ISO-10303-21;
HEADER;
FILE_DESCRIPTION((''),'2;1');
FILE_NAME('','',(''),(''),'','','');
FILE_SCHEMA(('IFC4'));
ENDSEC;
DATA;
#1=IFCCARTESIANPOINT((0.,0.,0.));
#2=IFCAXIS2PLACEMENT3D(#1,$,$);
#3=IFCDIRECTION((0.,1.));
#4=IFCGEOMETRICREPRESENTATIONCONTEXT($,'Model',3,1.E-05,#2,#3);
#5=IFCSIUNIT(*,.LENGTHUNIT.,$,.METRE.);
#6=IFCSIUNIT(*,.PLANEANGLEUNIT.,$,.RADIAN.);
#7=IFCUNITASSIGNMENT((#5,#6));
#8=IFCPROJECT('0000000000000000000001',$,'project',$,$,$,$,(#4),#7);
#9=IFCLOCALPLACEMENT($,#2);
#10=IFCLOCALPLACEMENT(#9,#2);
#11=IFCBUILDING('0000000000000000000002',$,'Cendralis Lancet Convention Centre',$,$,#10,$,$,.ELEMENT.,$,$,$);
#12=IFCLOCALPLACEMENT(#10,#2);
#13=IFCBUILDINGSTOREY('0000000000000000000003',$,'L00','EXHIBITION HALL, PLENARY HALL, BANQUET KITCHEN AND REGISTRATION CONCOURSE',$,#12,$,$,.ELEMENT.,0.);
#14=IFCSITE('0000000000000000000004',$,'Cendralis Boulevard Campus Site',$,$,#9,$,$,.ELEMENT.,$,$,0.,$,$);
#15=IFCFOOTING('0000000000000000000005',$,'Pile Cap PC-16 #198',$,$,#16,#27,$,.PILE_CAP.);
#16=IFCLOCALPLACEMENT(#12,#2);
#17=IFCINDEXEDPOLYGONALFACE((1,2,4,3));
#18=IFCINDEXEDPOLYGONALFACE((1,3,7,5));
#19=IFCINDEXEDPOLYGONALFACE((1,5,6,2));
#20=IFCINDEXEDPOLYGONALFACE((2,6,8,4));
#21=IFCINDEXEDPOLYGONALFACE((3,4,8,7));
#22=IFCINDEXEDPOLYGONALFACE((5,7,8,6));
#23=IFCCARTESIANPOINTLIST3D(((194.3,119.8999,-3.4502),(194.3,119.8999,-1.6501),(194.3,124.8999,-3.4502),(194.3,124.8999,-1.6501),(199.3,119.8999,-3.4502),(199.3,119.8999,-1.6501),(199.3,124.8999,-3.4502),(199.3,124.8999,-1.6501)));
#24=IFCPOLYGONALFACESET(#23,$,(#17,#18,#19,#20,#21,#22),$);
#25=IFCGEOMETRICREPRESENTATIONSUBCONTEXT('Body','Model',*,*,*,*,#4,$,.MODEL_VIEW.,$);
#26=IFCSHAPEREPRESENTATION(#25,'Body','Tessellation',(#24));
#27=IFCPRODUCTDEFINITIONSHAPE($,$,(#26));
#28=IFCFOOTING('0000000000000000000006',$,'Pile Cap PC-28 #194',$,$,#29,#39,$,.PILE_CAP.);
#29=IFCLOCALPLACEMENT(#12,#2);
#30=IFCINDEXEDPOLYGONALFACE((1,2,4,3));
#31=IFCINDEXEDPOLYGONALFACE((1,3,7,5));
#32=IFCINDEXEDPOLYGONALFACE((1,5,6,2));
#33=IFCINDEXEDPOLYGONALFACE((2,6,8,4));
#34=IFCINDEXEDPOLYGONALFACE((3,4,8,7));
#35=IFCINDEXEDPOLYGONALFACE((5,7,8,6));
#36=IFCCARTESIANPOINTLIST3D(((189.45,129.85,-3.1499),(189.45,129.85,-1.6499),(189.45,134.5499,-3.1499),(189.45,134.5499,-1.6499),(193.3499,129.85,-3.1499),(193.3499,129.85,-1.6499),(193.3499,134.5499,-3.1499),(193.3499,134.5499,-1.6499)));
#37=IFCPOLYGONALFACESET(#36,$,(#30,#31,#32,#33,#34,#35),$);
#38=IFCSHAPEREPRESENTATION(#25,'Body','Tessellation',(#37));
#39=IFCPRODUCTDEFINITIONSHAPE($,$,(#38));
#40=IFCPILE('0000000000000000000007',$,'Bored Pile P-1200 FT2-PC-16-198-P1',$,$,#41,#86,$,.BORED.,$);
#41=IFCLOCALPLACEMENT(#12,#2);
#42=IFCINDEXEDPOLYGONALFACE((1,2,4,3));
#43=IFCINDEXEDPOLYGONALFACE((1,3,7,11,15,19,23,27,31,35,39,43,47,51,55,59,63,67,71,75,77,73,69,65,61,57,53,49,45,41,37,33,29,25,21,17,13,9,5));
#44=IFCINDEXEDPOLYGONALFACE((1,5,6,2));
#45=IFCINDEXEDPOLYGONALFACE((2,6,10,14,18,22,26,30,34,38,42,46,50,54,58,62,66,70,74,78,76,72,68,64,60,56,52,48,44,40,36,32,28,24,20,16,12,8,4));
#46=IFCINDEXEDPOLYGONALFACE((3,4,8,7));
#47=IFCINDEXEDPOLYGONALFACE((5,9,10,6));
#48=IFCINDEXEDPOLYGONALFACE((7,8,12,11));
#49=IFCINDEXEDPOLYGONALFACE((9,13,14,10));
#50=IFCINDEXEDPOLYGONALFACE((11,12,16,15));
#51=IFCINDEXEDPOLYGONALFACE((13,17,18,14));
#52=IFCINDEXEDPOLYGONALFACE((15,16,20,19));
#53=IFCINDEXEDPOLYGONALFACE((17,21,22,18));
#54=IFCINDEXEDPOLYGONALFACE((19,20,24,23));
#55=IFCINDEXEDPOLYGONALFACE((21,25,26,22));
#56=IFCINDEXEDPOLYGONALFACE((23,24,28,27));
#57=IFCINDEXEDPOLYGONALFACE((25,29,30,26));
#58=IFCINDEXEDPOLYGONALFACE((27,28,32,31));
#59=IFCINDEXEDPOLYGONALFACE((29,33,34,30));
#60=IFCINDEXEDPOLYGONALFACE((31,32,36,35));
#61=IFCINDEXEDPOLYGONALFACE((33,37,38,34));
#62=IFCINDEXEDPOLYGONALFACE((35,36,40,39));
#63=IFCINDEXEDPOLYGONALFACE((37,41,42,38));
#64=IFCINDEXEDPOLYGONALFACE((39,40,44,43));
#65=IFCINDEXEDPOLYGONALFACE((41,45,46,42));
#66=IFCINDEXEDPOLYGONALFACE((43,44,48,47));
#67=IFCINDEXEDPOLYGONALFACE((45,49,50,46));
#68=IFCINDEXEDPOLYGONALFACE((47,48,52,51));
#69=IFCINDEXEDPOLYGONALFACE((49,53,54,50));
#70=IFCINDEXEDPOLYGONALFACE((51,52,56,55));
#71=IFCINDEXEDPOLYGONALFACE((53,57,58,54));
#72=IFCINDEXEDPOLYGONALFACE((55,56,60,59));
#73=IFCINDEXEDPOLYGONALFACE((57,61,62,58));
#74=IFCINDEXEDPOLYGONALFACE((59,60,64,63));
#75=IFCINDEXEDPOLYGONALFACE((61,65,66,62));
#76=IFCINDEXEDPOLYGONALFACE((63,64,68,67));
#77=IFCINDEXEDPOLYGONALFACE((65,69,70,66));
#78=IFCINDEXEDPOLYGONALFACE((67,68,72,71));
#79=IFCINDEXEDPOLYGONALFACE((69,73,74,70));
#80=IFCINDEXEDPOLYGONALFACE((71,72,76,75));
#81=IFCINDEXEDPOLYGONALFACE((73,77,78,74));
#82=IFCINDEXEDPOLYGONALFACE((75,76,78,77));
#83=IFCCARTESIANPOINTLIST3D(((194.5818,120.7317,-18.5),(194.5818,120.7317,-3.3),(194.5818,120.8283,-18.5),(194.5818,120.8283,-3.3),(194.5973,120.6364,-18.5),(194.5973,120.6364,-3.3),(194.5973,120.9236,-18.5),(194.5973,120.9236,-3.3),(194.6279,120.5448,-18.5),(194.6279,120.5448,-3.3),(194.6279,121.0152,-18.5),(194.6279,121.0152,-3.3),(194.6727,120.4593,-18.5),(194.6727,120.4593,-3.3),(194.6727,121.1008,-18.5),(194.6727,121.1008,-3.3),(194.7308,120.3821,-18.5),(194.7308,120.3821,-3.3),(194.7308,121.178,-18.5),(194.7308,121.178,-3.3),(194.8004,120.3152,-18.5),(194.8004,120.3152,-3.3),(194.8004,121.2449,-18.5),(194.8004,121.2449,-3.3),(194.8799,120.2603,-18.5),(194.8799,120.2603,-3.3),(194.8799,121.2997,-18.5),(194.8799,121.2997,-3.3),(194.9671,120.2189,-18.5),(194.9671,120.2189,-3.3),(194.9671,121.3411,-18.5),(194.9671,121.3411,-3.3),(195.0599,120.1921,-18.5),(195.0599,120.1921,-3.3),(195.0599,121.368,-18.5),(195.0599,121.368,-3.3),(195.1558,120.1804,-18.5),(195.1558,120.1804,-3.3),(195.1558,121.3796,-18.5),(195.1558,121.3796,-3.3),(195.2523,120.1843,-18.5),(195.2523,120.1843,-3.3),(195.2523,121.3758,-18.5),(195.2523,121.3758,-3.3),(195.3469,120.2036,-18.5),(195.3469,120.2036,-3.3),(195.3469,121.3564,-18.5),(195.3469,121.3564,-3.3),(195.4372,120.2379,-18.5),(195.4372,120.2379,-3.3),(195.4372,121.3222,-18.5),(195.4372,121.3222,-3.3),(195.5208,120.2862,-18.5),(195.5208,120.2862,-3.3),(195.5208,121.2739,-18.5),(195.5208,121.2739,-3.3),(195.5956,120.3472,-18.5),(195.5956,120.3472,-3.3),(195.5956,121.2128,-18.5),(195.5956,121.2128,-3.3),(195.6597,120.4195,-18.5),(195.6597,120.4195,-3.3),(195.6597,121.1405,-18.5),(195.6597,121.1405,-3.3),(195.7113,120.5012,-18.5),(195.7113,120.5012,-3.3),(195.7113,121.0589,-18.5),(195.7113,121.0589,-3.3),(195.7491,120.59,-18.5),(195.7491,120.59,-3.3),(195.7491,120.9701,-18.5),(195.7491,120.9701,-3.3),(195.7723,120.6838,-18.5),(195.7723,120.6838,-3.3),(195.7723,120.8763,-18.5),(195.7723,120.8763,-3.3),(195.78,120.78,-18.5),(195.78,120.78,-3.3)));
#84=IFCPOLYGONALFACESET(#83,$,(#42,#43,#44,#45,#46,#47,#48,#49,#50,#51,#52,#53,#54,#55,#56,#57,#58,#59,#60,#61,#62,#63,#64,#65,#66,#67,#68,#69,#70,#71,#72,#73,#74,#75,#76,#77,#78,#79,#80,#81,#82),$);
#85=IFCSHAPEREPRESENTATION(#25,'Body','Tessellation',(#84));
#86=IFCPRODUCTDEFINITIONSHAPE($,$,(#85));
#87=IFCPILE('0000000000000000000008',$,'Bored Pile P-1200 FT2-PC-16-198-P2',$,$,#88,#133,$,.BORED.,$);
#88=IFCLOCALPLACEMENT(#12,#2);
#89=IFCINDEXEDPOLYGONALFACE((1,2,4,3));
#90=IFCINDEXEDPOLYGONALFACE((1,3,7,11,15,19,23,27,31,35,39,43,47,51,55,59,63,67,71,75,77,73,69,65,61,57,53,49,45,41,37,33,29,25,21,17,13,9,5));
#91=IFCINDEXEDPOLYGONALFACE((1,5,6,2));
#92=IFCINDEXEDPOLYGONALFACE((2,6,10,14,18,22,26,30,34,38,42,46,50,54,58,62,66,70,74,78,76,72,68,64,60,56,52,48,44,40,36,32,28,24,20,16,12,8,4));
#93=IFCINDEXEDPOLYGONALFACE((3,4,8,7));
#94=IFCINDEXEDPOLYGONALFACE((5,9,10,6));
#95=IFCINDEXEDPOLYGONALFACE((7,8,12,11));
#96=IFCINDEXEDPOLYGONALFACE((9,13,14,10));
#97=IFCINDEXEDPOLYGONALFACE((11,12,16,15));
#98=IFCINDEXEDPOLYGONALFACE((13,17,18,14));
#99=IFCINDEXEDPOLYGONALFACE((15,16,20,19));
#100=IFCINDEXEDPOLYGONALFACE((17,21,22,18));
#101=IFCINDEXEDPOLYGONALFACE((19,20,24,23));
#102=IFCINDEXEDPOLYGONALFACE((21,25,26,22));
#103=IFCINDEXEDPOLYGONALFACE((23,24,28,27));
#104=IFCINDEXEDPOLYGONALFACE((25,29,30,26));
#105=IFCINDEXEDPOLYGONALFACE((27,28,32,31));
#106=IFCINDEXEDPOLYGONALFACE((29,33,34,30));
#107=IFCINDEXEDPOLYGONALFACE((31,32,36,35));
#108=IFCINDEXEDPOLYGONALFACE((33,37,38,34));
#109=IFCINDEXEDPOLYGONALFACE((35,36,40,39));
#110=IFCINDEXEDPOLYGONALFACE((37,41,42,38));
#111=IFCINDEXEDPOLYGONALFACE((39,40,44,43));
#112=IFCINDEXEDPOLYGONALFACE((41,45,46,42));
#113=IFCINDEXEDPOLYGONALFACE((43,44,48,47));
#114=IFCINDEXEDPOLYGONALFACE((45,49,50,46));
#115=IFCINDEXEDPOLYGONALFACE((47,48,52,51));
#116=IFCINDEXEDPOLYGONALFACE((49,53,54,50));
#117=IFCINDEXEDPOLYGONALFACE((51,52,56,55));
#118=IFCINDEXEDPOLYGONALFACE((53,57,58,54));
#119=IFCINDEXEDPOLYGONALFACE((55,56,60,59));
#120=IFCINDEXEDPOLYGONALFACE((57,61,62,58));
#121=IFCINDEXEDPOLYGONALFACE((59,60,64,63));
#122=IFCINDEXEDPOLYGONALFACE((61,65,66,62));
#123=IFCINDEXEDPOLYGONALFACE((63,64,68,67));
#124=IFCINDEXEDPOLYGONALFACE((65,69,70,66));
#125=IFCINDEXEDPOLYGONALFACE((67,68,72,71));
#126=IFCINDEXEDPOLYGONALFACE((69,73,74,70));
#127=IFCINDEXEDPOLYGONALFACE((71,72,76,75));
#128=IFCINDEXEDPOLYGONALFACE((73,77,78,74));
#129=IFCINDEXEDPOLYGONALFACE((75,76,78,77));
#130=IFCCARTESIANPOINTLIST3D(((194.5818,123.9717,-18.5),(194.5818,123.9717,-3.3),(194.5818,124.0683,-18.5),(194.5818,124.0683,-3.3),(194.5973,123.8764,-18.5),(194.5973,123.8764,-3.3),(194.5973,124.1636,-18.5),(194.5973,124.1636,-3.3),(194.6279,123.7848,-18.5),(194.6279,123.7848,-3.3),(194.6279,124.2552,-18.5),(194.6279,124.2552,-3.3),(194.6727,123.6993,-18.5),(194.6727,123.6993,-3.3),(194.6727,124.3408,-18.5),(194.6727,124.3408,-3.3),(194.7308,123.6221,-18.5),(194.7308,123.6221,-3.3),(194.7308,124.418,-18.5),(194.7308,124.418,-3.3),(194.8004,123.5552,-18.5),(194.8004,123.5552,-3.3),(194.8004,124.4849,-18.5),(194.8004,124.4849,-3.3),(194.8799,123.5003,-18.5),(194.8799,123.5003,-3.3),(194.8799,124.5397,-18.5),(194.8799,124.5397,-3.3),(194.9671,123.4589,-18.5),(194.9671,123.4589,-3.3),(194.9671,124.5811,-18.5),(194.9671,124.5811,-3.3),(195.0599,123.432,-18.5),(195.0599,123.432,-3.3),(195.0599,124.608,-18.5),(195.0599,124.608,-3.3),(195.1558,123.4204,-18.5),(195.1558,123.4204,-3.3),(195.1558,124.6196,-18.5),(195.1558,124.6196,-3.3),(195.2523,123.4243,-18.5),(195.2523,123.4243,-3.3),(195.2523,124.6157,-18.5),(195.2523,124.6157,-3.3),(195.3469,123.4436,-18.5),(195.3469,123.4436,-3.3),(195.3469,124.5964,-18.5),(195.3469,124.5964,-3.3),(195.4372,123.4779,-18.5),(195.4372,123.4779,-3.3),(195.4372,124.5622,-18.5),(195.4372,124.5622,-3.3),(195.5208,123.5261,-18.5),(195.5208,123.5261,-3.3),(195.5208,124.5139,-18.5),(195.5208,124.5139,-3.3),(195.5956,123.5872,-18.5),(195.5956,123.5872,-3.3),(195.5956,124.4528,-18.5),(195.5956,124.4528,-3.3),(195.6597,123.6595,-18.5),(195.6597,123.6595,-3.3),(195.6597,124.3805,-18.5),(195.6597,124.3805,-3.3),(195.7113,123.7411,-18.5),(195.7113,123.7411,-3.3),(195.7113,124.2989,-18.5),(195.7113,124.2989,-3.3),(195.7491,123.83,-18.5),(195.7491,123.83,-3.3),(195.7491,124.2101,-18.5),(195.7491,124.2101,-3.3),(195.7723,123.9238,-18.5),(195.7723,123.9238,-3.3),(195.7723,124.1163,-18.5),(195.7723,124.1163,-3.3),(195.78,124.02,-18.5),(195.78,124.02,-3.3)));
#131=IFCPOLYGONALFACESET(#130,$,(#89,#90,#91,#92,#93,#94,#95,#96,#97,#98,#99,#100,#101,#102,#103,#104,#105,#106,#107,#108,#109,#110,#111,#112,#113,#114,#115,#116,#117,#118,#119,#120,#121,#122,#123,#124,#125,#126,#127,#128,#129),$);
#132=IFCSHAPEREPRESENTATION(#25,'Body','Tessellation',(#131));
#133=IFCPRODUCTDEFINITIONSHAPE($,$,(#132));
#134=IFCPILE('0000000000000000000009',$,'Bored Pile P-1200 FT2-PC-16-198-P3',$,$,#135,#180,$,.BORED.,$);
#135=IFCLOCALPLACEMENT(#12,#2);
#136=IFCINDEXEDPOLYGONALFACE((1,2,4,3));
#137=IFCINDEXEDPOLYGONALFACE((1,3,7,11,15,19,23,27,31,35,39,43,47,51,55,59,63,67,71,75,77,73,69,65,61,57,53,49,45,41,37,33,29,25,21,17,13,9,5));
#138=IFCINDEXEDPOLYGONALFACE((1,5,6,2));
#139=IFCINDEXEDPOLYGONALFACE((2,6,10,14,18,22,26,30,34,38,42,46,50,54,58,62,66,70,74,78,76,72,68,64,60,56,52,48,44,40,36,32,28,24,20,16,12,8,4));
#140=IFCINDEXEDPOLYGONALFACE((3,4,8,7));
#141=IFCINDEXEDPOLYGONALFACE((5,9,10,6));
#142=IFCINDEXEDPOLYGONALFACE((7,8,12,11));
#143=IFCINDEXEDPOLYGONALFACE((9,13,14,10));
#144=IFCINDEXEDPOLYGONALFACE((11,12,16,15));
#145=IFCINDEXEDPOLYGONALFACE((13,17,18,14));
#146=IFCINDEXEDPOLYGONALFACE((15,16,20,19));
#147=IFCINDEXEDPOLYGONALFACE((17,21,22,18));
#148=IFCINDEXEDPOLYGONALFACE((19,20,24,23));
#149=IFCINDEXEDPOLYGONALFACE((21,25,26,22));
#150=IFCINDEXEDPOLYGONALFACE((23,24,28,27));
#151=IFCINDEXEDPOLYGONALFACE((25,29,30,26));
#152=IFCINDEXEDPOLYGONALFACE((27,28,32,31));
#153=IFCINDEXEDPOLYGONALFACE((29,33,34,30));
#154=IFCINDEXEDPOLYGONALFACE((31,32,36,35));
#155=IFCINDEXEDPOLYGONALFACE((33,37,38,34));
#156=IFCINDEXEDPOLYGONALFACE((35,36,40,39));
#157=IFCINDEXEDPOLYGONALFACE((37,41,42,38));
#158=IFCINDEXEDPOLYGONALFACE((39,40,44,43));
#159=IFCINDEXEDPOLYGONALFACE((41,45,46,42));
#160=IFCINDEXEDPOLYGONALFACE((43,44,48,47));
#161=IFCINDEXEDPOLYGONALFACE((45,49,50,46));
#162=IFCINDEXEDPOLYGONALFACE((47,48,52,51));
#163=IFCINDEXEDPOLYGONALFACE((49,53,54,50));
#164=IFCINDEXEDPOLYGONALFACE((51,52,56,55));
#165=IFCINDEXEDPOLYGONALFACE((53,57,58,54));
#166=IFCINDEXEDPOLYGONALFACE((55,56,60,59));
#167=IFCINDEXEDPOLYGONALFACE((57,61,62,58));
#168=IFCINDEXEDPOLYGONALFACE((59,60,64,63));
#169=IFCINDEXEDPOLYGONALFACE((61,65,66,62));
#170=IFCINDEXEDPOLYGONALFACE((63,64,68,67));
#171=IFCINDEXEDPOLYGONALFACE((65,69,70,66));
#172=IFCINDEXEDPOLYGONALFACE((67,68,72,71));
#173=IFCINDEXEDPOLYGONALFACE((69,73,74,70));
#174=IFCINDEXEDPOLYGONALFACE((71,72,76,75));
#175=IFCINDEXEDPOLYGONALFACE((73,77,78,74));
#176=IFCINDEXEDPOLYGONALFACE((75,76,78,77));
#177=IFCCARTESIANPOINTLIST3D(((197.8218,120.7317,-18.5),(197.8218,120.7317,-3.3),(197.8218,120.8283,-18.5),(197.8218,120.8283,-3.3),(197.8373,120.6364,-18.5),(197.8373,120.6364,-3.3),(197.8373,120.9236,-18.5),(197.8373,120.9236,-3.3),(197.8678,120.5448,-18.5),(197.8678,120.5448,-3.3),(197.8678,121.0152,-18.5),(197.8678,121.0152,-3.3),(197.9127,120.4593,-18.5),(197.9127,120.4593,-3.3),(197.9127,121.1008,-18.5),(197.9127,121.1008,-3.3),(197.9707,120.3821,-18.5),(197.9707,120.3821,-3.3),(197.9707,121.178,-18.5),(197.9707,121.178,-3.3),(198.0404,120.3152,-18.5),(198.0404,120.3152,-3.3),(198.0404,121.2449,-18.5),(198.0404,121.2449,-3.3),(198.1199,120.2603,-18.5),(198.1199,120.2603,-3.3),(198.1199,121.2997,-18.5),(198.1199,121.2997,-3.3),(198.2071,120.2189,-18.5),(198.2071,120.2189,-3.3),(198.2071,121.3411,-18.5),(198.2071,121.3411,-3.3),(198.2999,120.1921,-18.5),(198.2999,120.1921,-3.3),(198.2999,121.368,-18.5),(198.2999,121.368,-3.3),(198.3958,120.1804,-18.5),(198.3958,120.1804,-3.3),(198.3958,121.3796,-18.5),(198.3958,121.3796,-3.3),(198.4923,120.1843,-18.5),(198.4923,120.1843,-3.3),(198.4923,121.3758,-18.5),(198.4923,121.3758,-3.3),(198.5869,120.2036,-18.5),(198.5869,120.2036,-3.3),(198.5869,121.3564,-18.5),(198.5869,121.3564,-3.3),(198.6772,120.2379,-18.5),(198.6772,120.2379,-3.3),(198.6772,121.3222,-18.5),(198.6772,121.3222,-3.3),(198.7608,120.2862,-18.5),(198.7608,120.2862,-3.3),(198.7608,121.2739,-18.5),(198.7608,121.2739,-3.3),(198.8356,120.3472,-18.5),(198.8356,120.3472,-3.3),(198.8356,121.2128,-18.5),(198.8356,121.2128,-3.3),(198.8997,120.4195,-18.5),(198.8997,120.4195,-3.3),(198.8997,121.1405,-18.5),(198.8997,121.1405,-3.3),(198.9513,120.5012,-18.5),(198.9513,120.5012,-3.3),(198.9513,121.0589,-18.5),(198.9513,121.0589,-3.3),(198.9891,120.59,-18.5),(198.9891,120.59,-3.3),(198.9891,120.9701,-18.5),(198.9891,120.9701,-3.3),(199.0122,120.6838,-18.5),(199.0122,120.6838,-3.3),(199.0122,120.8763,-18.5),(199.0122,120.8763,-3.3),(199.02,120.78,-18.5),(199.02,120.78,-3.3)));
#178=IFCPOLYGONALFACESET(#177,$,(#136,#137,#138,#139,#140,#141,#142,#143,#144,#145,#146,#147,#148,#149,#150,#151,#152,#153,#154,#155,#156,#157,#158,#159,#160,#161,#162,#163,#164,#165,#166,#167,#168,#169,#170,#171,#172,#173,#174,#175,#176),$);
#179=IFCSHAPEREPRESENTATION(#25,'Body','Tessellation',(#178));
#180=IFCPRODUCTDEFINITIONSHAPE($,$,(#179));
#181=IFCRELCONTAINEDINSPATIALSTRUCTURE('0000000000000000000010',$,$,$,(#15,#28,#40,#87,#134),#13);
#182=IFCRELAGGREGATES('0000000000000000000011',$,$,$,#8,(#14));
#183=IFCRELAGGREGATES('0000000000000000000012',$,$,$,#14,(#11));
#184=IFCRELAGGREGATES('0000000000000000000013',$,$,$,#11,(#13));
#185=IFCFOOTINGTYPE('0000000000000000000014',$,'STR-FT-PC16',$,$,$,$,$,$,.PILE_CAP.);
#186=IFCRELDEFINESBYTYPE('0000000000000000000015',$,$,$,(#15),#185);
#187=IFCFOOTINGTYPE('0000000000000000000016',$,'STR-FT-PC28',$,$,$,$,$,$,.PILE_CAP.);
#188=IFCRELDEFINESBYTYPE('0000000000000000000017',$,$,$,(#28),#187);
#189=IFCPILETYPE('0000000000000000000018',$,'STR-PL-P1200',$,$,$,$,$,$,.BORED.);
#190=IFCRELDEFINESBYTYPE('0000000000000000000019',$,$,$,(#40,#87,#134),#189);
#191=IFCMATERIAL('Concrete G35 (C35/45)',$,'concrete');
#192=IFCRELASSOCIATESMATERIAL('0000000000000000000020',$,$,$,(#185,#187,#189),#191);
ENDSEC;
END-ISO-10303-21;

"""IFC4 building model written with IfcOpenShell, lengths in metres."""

from ifc_helpers import new_model, si_unit, direction, frame, origin, origin_2d, place, context, subcontext, project, spatial, rectangle, circle, extrude, material, material_profile, profile_set, type_object, element, save


model = new_model("IFC4")

# Units and contexts
model_context = context("Model", 3, precision=1e-05, world=origin(), true_north=direction((0.0, 1.0)))
body_context = subcontext(model_context, "Body", "Model", "MODEL_VIEW")
ifc_project = project(units=[si_unit("LENGTHUNIT", "METRE"), si_unit("PLANEANGLEUNIT", "RADIAN")], contexts=[model_context])

# Site, building, storey
site_placement = place(None, origin())
site = spatial("IfcSite", under=ifc_project, at=site_placement, Name="Cendralis Boulevard Campus Site", CompositionType="ELEMENT", RefElevation=0.0)
building_placement = place(site_placement, origin())
building = spatial("IfcBuilding", under=site, at=building_placement, Name="Cendralis Lancet Convention Centre", CompositionType="ELEMENT")
storey_placement = place(building_placement, origin())
storey = spatial("IfcBuildingStorey", under=building, at=storey_placement, Name="L00", Description="EXHIBITION HALL, PLENARY HALL, BANQUET KITCHEN AND REGISTRATION CONCOURSE", CompositionType="ELEMENT", Elevation=0.0)

# Footings
ifc_material_1 = material(Name="Concrete G35 (C35/45)", Category="concrete")
footing_type_1 = type_object("IfcFootingType", Name="STR-FT-PC16", PredefinedType="PILE_CAP", material=ifc_material_1)
footing_1_placement = place(storey_placement, frame((196.8, 122.3999, -3.4502), z_axis=(0.0, 0.0, 1.0), x_axis=(1.0, 0.0, 0.0)))
element("IfcFooting", 1, at=footing_1_placement, inside=storey, type_object=footing_type_1, Name="Pile Cap PC-16 #198", PredefinedType="PILE_CAP", context=body_context, shape_type="SweptSolid", body=[
    extrude(rectangle(XDim=5.0, YDim=5.0, at=origin_2d()), origin(), (0.0, 0.0, 1.0), 1.8),
])
footing_type_2 = type_object("IfcFootingType", Name="STR-FT-PC28", PredefinedType="PILE_CAP", material=ifc_material_1)
footing_2_placement = place(storey_placement, frame((191.3999, 132.2, -3.1499), z_axis=(0.0, 0.0, 1.0), x_axis=(1.0, 0.0, 0.0)))
element("IfcFooting", 2, at=footing_2_placement, inside=storey, type_object=footing_type_2, Name="Pile Cap PC-28 #194", PredefinedType="PILE_CAP", context=body_context, shape_type="SweptSolid", body=[
    extrude(rectangle(XDim=3.8999, YDim=4.7, at=origin_2d()), origin(), (0.0, 0.0, 1.0), 1.5),
])

# Piles
ifc_material_profile_1 = material_profile(ifc_material_1, circle(Radius=0.6001, at=origin_2d()), Name="BORED PILE D1200")
ifc_profile_set_1 = profile_set([ifc_material_profile_1], Name="Concrete G35 (C35/45)")
pile_type_1 = type_object("IfcPileType", Name="STR-PL-P1200", PredefinedType="BORED", material=ifc_profile_set_1)
for number, where, z_axis, x_axis, name in (
    (3, (195.1799, 120.78, -3.3), (0.0, 0.0, -1.0), (1.0, 0.0, 0.0), "Bored Pile P-1200 FT2-PC-16-198-P1"),
    (4, (195.1799, 124.02, -3.3), (0.0, 0.0, -1.0), (1.0, 0.0, 0.0), "Bored Pile P-1200 FT2-PC-16-198-P2"),
    (5, (198.4199, 120.78, -3.3), (0.0, 0.0, -1.0), (1.0, 0.0, 0.0), "Bored Pile P-1200 FT2-PC-16-198-P3"),
):
    element("IfcPile", number, at=place(storey_placement, frame(where, z_axis=z_axis, x_axis=x_axis)), inside=storey, type_object=pile_type_1, Name=name, PredefinedType="BORED", context=body_context, shape_type="SweptSolid", body=[
        extrude(circle(Radius=0.6001, at=origin_2d()), origin(), (0.0, 0.0, 1.0), 15.2),
    ])

save(model, "model.ifc")
